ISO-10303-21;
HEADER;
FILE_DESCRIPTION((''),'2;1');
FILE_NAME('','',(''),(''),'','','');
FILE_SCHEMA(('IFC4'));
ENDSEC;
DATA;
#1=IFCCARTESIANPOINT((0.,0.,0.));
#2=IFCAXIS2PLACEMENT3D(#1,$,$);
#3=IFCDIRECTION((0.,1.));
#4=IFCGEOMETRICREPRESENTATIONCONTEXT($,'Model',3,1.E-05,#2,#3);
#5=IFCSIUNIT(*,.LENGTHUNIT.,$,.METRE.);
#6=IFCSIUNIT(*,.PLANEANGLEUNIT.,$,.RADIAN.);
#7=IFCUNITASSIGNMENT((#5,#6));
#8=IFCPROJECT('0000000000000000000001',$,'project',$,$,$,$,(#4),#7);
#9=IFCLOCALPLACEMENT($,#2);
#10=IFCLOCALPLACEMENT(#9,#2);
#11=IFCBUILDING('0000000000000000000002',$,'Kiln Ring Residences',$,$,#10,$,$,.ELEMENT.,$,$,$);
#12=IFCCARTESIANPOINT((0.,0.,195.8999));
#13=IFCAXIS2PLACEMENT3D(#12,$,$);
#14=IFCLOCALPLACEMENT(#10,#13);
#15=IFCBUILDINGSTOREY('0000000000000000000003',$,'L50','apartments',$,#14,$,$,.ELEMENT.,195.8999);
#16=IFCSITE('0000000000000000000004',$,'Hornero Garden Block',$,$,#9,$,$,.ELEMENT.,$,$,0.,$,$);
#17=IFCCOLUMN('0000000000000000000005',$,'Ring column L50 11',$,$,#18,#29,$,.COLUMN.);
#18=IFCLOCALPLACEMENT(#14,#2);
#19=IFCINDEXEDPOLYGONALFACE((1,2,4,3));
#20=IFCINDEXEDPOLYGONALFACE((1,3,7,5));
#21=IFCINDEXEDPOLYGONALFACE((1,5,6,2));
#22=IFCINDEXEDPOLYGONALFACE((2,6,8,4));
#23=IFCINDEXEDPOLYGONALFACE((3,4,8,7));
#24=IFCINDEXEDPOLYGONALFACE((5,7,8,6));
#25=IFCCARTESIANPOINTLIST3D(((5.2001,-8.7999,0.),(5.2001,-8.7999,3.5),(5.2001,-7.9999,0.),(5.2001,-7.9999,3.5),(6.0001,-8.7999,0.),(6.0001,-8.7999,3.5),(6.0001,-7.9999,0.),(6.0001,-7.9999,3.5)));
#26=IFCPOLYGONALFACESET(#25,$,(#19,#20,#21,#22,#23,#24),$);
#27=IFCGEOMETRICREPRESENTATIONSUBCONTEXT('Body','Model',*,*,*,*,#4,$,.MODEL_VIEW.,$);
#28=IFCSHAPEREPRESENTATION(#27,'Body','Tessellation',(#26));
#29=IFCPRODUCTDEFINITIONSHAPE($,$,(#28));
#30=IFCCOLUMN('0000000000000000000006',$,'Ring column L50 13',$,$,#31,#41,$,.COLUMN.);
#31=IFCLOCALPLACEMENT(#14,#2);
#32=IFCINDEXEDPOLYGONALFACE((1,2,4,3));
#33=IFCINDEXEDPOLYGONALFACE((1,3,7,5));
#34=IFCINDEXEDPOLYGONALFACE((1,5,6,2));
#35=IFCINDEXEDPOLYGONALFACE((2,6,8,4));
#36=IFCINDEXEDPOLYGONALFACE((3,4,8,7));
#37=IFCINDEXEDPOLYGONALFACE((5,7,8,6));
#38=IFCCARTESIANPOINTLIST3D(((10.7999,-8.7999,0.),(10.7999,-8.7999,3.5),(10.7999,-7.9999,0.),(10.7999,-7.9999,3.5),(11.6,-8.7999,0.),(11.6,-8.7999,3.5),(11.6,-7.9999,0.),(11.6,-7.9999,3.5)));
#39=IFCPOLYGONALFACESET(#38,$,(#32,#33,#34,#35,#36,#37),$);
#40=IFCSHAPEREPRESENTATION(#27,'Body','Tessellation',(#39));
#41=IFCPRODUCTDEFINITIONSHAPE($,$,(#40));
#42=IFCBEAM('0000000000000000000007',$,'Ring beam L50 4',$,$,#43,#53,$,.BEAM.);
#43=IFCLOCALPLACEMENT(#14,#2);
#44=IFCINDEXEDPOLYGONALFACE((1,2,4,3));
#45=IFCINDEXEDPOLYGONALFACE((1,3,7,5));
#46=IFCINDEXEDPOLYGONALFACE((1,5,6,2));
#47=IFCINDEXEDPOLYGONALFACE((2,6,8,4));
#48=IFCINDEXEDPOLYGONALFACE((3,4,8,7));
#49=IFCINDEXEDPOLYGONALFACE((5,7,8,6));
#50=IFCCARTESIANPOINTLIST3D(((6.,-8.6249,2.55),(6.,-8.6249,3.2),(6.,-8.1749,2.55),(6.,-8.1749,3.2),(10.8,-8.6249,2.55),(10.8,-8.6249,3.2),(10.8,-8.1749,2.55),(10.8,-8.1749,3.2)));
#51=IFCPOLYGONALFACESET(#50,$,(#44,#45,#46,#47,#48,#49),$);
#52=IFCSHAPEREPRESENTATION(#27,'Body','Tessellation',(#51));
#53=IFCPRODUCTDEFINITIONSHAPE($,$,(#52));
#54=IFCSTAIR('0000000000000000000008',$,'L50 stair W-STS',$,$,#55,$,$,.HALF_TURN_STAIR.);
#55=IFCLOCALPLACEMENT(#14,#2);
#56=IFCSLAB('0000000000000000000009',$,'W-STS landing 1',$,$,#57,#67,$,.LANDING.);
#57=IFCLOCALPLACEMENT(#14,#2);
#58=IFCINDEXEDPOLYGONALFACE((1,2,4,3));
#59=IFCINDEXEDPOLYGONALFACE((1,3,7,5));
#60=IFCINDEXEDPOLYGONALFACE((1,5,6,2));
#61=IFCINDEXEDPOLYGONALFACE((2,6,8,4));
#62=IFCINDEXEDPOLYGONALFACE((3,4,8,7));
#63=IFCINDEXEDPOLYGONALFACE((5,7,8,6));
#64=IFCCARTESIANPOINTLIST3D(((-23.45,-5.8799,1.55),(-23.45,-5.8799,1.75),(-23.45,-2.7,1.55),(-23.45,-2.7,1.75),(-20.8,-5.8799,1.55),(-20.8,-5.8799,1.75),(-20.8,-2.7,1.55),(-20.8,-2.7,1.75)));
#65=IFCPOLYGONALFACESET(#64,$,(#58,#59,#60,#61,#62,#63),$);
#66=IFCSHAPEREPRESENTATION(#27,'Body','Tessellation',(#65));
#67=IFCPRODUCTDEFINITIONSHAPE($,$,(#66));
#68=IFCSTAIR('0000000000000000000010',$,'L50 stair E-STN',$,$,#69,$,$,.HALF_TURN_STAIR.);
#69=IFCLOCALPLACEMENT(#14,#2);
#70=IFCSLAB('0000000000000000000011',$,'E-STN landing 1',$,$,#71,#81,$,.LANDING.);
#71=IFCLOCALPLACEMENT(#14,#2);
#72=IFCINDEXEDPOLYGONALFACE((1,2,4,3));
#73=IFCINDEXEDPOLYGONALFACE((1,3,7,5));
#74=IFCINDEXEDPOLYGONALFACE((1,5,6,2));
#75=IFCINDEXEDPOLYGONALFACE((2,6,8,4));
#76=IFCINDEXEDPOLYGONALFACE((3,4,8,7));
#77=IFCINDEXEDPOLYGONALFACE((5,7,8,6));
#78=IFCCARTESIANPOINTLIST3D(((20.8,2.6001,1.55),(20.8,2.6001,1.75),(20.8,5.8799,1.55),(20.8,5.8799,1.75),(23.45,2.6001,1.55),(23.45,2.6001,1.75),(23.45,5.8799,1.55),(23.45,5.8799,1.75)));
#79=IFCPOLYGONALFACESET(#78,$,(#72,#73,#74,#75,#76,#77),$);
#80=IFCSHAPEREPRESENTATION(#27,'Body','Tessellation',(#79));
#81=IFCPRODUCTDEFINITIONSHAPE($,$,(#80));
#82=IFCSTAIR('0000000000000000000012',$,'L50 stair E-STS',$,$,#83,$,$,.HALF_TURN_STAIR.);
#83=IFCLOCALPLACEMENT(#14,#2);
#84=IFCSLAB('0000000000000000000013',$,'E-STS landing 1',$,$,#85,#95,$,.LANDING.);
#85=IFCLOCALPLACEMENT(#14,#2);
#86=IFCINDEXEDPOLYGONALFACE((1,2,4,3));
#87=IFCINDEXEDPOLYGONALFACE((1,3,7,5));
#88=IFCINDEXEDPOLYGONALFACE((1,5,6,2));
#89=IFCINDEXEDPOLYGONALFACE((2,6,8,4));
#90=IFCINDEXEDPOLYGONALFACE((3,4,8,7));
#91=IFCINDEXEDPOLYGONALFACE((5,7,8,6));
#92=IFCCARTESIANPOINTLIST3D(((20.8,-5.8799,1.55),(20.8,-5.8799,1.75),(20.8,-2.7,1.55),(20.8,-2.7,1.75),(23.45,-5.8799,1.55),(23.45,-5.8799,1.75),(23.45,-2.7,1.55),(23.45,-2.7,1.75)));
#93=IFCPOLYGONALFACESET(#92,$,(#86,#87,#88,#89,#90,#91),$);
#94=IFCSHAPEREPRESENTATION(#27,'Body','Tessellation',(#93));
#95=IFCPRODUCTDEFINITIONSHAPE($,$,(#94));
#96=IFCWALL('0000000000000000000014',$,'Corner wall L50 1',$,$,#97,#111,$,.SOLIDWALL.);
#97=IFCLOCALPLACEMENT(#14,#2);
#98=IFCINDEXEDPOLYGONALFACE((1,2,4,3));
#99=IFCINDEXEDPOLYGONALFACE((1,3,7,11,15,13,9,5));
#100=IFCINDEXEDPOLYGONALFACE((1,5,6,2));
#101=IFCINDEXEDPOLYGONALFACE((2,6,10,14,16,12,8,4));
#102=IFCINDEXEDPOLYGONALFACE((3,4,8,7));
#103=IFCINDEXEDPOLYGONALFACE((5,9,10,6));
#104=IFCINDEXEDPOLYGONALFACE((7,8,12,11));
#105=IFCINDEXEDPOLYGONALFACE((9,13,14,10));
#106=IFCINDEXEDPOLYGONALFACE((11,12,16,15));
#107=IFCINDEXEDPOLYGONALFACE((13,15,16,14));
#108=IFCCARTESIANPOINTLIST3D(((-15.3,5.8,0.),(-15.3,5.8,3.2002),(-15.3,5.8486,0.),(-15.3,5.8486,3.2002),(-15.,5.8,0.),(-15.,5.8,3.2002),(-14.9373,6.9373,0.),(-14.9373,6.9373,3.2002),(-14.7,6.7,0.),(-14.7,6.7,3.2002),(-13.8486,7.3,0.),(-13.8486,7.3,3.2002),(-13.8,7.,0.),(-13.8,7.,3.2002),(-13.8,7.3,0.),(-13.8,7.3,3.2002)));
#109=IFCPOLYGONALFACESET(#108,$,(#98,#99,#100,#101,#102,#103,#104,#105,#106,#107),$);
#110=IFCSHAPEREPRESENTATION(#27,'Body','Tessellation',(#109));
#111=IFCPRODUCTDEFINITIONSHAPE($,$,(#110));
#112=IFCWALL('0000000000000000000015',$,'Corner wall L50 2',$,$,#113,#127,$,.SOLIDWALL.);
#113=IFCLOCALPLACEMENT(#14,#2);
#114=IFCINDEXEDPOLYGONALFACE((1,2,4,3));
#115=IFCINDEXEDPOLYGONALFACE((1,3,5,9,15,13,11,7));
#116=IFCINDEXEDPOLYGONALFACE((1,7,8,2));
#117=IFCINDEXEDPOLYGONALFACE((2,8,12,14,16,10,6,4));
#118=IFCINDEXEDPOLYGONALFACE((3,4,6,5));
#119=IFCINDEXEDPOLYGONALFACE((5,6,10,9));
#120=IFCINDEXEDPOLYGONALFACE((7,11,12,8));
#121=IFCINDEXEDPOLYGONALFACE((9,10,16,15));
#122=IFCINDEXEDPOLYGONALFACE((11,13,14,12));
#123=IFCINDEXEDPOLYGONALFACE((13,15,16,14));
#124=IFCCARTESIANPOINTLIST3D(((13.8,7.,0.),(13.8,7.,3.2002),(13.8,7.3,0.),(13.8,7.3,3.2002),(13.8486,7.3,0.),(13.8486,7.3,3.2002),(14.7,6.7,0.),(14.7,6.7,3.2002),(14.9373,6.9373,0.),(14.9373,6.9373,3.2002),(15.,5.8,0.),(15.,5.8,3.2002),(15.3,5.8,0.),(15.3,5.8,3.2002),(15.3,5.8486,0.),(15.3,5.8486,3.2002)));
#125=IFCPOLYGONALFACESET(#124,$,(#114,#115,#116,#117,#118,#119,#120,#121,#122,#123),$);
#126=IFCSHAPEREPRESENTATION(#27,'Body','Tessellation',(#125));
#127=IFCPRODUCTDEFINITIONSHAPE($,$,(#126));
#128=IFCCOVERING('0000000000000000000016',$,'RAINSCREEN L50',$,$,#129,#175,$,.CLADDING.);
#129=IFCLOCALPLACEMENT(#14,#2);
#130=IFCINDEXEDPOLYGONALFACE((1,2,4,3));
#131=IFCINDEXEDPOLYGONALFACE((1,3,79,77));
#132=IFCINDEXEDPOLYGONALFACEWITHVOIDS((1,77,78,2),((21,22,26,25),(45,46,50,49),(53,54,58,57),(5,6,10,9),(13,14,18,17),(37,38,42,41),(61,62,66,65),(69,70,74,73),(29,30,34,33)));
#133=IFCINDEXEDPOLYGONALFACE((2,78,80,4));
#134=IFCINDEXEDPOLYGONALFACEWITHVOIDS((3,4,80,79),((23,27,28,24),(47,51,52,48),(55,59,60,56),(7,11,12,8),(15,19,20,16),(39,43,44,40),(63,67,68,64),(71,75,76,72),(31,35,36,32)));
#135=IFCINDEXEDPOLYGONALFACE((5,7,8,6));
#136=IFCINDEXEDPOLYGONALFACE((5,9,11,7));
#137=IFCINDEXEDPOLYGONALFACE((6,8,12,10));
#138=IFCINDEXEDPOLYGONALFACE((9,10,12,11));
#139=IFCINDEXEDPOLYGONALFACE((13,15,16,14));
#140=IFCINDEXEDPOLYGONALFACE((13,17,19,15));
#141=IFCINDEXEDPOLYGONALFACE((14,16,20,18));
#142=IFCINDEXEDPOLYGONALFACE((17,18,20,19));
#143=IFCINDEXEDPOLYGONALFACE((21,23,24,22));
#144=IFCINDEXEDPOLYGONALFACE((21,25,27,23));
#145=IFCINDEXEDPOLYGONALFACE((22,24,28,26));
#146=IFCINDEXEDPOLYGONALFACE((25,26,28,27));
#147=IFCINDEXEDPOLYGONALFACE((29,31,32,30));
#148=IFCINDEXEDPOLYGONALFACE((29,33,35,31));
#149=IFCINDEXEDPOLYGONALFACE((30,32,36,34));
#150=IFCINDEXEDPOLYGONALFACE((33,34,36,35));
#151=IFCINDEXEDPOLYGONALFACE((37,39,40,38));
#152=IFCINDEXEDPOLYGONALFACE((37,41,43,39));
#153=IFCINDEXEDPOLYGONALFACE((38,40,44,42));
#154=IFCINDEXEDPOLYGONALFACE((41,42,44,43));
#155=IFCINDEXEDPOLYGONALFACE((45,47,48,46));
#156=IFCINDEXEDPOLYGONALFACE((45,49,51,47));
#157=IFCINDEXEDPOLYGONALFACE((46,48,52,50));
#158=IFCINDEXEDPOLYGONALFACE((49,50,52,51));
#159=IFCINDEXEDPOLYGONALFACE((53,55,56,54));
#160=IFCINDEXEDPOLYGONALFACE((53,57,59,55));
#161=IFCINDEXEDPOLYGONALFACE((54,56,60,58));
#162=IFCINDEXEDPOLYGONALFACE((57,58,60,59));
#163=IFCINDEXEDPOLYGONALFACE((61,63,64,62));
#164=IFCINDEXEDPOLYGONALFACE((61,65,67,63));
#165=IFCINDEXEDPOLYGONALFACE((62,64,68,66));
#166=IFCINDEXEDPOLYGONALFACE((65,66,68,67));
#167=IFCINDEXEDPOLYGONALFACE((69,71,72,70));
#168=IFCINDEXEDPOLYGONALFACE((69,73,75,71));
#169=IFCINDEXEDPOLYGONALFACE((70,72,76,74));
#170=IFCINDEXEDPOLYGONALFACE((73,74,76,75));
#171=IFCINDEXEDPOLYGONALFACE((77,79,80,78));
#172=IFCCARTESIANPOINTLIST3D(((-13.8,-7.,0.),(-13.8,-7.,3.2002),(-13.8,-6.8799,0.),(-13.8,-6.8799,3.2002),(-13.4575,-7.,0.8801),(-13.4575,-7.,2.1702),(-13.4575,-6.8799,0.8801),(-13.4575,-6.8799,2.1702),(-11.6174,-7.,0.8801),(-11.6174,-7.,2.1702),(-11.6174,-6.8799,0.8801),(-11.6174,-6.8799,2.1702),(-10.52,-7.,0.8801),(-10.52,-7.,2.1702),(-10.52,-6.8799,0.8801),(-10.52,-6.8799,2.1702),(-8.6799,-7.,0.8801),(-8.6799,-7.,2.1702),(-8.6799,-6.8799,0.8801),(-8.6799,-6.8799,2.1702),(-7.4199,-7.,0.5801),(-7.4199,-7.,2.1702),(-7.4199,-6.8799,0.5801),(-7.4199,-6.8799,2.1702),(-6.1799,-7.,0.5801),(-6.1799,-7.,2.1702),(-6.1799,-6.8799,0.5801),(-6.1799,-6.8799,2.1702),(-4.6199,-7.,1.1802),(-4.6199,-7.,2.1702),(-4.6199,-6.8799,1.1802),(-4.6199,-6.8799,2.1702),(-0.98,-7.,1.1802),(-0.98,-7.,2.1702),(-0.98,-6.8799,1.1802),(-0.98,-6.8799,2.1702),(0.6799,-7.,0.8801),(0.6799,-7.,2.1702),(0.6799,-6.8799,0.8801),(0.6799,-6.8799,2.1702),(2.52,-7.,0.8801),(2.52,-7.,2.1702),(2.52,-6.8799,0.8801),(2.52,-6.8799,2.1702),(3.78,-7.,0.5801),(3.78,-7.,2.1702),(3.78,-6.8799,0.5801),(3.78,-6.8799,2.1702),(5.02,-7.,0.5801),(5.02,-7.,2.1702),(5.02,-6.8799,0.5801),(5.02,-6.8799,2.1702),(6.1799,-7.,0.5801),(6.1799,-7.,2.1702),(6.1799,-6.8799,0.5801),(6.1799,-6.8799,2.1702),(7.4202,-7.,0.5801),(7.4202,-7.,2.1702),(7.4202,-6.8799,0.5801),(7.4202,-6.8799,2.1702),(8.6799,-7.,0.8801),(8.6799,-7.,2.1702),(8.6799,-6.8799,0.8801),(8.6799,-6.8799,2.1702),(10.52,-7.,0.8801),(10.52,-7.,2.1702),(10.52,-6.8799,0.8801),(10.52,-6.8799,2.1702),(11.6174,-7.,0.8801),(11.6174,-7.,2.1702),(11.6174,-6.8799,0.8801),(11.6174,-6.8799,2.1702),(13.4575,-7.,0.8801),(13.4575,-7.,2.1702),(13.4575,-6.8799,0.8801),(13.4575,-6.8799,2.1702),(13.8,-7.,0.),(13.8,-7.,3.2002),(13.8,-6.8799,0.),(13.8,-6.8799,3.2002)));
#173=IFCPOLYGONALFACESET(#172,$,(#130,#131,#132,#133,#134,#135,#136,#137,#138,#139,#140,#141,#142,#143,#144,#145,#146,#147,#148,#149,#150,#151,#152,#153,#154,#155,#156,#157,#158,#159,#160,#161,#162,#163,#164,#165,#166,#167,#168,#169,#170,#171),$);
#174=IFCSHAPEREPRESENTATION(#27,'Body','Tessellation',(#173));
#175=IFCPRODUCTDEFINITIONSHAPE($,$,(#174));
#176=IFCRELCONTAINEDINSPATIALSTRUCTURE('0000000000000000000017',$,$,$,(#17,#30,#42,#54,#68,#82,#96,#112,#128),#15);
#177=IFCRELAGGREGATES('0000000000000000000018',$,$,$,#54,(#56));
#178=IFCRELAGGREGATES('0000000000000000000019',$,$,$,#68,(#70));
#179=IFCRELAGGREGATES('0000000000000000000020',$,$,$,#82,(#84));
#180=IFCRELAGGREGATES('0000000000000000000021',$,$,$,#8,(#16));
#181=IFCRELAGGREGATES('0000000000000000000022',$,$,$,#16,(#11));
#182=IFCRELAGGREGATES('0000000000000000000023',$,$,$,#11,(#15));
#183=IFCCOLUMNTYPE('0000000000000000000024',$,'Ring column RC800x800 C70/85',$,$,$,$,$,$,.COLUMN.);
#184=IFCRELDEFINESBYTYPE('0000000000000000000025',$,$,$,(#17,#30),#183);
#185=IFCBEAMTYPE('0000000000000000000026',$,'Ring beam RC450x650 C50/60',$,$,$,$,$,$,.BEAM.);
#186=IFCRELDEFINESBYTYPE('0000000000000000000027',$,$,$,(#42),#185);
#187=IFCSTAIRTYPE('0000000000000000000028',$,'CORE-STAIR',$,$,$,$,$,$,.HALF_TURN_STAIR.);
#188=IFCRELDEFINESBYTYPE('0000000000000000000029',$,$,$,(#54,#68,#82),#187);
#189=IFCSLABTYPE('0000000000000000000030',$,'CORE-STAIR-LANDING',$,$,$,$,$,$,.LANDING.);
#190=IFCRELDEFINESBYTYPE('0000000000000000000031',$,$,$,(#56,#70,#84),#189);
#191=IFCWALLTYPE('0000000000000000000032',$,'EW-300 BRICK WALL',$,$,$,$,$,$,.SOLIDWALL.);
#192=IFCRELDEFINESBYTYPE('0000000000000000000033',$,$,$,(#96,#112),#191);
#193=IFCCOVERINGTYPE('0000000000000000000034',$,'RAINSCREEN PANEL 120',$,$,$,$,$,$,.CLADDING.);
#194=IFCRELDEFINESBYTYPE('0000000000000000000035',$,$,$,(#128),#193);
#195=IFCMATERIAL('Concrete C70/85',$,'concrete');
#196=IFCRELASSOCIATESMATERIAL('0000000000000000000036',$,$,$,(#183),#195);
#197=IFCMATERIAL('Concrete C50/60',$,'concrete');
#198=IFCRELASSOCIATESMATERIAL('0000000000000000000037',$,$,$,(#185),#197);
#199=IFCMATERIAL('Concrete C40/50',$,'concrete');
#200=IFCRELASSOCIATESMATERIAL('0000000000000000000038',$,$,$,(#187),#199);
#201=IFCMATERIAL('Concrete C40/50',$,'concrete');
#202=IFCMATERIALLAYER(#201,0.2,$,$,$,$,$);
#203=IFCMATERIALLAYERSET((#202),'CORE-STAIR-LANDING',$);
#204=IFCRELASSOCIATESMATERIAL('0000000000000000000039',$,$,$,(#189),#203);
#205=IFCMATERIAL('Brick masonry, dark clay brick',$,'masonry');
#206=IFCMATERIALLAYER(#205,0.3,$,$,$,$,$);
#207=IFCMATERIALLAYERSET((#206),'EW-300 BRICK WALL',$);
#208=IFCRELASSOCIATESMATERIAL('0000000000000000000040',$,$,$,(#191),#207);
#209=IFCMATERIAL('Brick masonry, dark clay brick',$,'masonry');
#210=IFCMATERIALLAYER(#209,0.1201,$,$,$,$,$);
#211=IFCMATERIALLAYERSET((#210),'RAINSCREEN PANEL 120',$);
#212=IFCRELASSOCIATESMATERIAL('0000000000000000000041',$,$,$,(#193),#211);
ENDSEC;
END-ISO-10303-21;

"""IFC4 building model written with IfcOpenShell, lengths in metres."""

from ifc_helpers import new_model, si_unit, direction, frame, origin, origin_2d, place, context, subcontext, project, spatial, polyline, rectangle, outline, extrude, material, layer, layer_set, material_profile, profile_set, type_object, element, aggregate, save


model = new_model("IFC4")

# Units and contexts
model_context = context("Model", 3, precision=1e-05, world=origin(), true_north=direction((0.0, 1.0)))
body_context = subcontext(model_context, "Body", "Model", "MODEL_VIEW")
ifc_project = project(units=[si_unit("LENGTHUNIT", "METRE"), si_unit("PLANEANGLEUNIT", "RADIAN")], contexts=[model_context])

# Site, building, storey
site_placement = place(None, origin())
site = spatial("IfcSite", under=ifc_project, at=site_placement, Name="Hornero Garden Block", CompositionType="ELEMENT", RefElevation=0.0)
building_placement = place(site_placement, origin())
building = spatial("IfcBuilding", under=site, at=building_placement, Name="Kiln Ring Residences", CompositionType="ELEMENT")
storey_placement = place(building_placement, frame((0.0, 0.0, 195.8999)))
storey = spatial("IfcBuildingStorey", under=building, at=storey_placement, Name="L50", Description="apartments", CompositionType="ELEMENT", Elevation=195.8999)

# Columns
ifc_material_1 = material(Name="Concrete C70/85", Category="concrete")
ifc_material_profile_1 = material_profile(ifc_material_1, rectangle(XDim=0.8, YDim=0.8, at=origin_2d()), Name="RC800x800")
ifc_profile_set_1 = profile_set([ifc_material_profile_1], Name="Concrete C70/85")
column_type = type_object("IfcColumnType", Name="Ring column RC800x800 C70/85", PredefinedType="COLUMN", material=ifc_profile_set_1)
for number, where, z_axis, x_axis, name in (
    (1, (5.6001, -8.3999, 0.0), (0.0, 0.0, 1.0), (1.0, 0.0, 0.0), "Ring column L50 11"),
    (2, (11.2, -8.3999, 0.0), (0.0, 0.0, 1.0), (1.0, 0.0, 0.0), "Ring column L50 13"),
):
    element("IfcColumn", number, at=place(storey_placement, frame(where, z_axis=z_axis, x_axis=x_axis)), inside=storey, type_object=column_type, Name=name, PredefinedType="COLUMN", context=body_context, shape_type="SweptSolid", body=[
        extrude(rectangle(XDim=0.8, YDim=0.8, at=origin_2d()), origin(), (0.0, 0.0, 1.0), 3.5),
    ])

# Beam
ifc_material_2 = material(Name="Concrete C50/60", Category="concrete")
ifc_material_profile_2 = material_profile(ifc_material_2, rectangle(XDim=0.45, YDim=0.6499, at=origin_2d()), Name="RC450x650")
ifc_profile_set_2 = profile_set([ifc_material_profile_2], Name="Concrete C50/60")
beam_type = type_object("IfcBeamType", Name="Ring beam RC450x650 C50/60", PredefinedType="BEAM", material=ifc_profile_set_2)
beam_placement = place(storey_placement, frame((6.0, -8.3999, 2.875), z_axis=(1.0, 0.0, 0.0), x_axis=(0.0, 1.0, 0.0)))
element("IfcBeam", 3, at=beam_placement, inside=storey, type_object=beam_type, Name="Ring beam L50 4", PredefinedType="BEAM", context=body_context, shape_type="SweptSolid", body=[
    extrude(rectangle(XDim=0.45, YDim=0.6499, at=origin_2d()), origin(), (0.0, 0.0, 1.0), 4.8),
])

# Stairs, slabs
ifc_material_3 = material(Name="Concrete C40/50", Category="concrete")
stair_type = type_object("IfcStairType", Name="CORE-STAIR", PredefinedType="HALF_TURN_STAIR", material=ifc_material_3)
placement_1 = place(storey_placement, origin())
stair_1 = element("IfcStair", 4, at=placement_1, inside=storey, type_object=stair_type, Name="L50 stair W-STS", PredefinedType="HALF_TURN_STAIR")
ifc_material_4 = material(Name="Concrete C40/50", Category="concrete")
ifc_layer_1 = layer(ifc_material_4, 0.2)
ifc_layer_set_1 = layer_set([ifc_layer_1], Name="CORE-STAIR-LANDING")
slab_type = type_object("IfcSlabType", Name="CORE-STAIR-LANDING", PredefinedType="LANDING", material=ifc_layer_set_1)
placement_2 = place(storey_placement, frame((0.0, 0.0, 1.55)))
slab_1 = element("IfcSlab", 5, at=placement_2, type_object=slab_type, Name="W-STS landing 1", PredefinedType="LANDING", context=body_context, shape_type="SweptSolid", body=[
    extrude(outline(polyline([(-20.8, -5.8799), (-20.8, -2.7), (-23.45, -2.7), (-23.45, -5.8799), (-20.8, -5.8799)])), origin(), (0.0, 0.0, 1.0), 0.2),
])
aggregate(stair_1, [slab_1])
stair_2 = element("IfcStair", 6, at=placement_1, inside=storey, type_object=stair_type, Name="L50 stair E-STN", PredefinedType="HALF_TURN_STAIR")
slab_2 = element("IfcSlab", 7, at=placement_2, type_object=slab_type, Name="E-STN landing 1", PredefinedType="LANDING", context=body_context, shape_type="SweptSolid", body=[
    extrude(outline(polyline([(20.8, 5.8799), (20.8, 2.6001), (23.45, 2.6001), (23.45, 5.8799), (20.8, 5.8799)])), origin(), (0.0, 0.0, 1.0), 0.2),
])
aggregate(stair_2, [slab_2])
stair_3 = element("IfcStair", 8, at=placement_1, inside=storey, type_object=stair_type, Name="L50 stair E-STS", PredefinedType="HALF_TURN_STAIR")
slab_3 = element("IfcSlab", 9, at=placement_2, type_object=slab_type, Name="E-STS landing 1", PredefinedType="LANDING", context=body_context, shape_type="SweptSolid", body=[
    extrude(outline(polyline([(23.45, -5.8799), (23.45, -2.7), (20.8, -2.7), (20.8, -5.8799), (23.45, -5.8799)])), origin(), (0.0, 0.0, 1.0), 0.2),
])
aggregate(stair_3, [slab_3])

# Shared definitions
ifc_material_5 = material(Name="Brick masonry, dark clay brick", Category="masonry")
ifc_layer_2 = layer(ifc_material_5, 0.3)
ifc_layer_set_2 = layer_set([ifc_layer_2], Name="EW-300 BRICK WALL")
wall_type = type_object("IfcWallType", Name="EW-300 BRICK WALL", PredefinedType="SOLIDWALL", material=ifc_layer_set_2)

# Walls
element("IfcWall", 10, at=placement_1, inside=storey, type_object=wall_type, Name="Corner wall L50 1", PredefinedType="SOLIDWALL", context=body_context, shape_type="SweptSolid", body=[
    extrude(outline(polyline([(-13.8486, 7.3), (-14.9373, 6.9373), (-15.3, 5.8486), (-15.3, 5.8), (-15.0, 5.8), (-14.7, 6.7), (-13.8, 7.0), (-13.8, 7.3), (-13.8486, 7.3)])), origin(), (0.0, 0.0, 1.0), 3.2002),
])
element("IfcWall", 11, at=placement_1, inside=storey, type_object=wall_type, Name="Corner wall L50 2", PredefinedType="SOLIDWALL", context=body_context, shape_type="SweptSolid", body=[
    extrude(outline(polyline([(14.9373, 6.9373), (13.8486, 7.3), (13.8, 7.3), (13.8, 7.0), (14.7, 6.7), (15.0, 5.8), (15.3, 5.8), (15.3, 5.8486), (14.9373, 6.9373)])), origin(), (0.0, 0.0, 1.0), 3.2002),
])

# Covering
ifc_material_6 = material(Name="Brick masonry, dark clay brick", Category="masonry")
ifc_layer_3 = layer(ifc_material_6, 0.1201)
ifc_layer_set_3 = layer_set([ifc_layer_3], Name="RAINSCREEN PANEL 120")
covering_type = type_object("IfcCoveringType", Name="RAINSCREEN PANEL 120", PredefinedType="CLADDING", material=ifc_layer_set_3)
covering_placement = place(storey_placement, frame((13.8, -6.9399, 0.0), z_axis=(0.0, 0.0, 1.0), x_axis=(-1.0, 0.0, 0.0)))
element("IfcCovering", 12, at=covering_placement, inside=storey, type_object=covering_type, Name="RAINSCREEN L50", PredefinedType="CLADDING", context=body_context, shape_type="SweptSolid", body=[
    extrude(outline(polyline([(0.0, 0.0), (27.6001, 0.0), (27.6001, 3.2002), (0.0, 3.2002), (0.0, 0.0)]), holes=[polyline([(6.3799, 0.5801), (7.6201, 0.5801), (7.6201, 2.1702), (6.3799, 2.1702), (6.3799, 0.5801)]), polyline([(8.78, 0.5801), (10.02, 0.5801), (10.02, 2.1702), (8.78, 2.1702), (8.78, 0.5801)]), polyline([(19.98, 0.5801), (21.22, 0.5801), (21.22, 2.1702), (19.98, 2.1702), (19.98, 0.5801)]), polyline([(0.3425, 0.8801), (2.1826, 0.8801), (2.1826, 2.1702), (0.3425, 2.1702), (0.3425, 0.8801)]), polyline([(3.28, 0.8801), (5.1201, 0.8801), (5.1201, 2.1702), (3.28, 2.1702), (3.28, 0.8801)]), polyline([(11.28, 0.8801), (13.1201, 0.8801), (13.1201, 2.1702), (11.28, 2.1702), (11.28, 0.8801)]), polyline([(22.48, 0.8801), (24.3201, 0.8801), (24.3201, 2.1702), (22.48, 2.1702), (22.48, 0.8801)]), polyline([(25.4175, 2.1702), (25.4175, 0.8801), (27.2576, 0.8801), (27.2576, 2.1702), (25.4175, 2.1702)]), polyline([(14.78, 2.1702), (14.78, 1.1802), (18.4199, 1.1802), (18.4199, 2.1702), (14.78, 2.1702)])]), frame((0.0, 0.0601, 0.0), z_axis=(0.0, -1.0, 0.0), x_axis=(1.0, 0.0, 0.0)), (0.0, 0.0, 1.0), 0.1201),
])

save(model, "model.ifc")
